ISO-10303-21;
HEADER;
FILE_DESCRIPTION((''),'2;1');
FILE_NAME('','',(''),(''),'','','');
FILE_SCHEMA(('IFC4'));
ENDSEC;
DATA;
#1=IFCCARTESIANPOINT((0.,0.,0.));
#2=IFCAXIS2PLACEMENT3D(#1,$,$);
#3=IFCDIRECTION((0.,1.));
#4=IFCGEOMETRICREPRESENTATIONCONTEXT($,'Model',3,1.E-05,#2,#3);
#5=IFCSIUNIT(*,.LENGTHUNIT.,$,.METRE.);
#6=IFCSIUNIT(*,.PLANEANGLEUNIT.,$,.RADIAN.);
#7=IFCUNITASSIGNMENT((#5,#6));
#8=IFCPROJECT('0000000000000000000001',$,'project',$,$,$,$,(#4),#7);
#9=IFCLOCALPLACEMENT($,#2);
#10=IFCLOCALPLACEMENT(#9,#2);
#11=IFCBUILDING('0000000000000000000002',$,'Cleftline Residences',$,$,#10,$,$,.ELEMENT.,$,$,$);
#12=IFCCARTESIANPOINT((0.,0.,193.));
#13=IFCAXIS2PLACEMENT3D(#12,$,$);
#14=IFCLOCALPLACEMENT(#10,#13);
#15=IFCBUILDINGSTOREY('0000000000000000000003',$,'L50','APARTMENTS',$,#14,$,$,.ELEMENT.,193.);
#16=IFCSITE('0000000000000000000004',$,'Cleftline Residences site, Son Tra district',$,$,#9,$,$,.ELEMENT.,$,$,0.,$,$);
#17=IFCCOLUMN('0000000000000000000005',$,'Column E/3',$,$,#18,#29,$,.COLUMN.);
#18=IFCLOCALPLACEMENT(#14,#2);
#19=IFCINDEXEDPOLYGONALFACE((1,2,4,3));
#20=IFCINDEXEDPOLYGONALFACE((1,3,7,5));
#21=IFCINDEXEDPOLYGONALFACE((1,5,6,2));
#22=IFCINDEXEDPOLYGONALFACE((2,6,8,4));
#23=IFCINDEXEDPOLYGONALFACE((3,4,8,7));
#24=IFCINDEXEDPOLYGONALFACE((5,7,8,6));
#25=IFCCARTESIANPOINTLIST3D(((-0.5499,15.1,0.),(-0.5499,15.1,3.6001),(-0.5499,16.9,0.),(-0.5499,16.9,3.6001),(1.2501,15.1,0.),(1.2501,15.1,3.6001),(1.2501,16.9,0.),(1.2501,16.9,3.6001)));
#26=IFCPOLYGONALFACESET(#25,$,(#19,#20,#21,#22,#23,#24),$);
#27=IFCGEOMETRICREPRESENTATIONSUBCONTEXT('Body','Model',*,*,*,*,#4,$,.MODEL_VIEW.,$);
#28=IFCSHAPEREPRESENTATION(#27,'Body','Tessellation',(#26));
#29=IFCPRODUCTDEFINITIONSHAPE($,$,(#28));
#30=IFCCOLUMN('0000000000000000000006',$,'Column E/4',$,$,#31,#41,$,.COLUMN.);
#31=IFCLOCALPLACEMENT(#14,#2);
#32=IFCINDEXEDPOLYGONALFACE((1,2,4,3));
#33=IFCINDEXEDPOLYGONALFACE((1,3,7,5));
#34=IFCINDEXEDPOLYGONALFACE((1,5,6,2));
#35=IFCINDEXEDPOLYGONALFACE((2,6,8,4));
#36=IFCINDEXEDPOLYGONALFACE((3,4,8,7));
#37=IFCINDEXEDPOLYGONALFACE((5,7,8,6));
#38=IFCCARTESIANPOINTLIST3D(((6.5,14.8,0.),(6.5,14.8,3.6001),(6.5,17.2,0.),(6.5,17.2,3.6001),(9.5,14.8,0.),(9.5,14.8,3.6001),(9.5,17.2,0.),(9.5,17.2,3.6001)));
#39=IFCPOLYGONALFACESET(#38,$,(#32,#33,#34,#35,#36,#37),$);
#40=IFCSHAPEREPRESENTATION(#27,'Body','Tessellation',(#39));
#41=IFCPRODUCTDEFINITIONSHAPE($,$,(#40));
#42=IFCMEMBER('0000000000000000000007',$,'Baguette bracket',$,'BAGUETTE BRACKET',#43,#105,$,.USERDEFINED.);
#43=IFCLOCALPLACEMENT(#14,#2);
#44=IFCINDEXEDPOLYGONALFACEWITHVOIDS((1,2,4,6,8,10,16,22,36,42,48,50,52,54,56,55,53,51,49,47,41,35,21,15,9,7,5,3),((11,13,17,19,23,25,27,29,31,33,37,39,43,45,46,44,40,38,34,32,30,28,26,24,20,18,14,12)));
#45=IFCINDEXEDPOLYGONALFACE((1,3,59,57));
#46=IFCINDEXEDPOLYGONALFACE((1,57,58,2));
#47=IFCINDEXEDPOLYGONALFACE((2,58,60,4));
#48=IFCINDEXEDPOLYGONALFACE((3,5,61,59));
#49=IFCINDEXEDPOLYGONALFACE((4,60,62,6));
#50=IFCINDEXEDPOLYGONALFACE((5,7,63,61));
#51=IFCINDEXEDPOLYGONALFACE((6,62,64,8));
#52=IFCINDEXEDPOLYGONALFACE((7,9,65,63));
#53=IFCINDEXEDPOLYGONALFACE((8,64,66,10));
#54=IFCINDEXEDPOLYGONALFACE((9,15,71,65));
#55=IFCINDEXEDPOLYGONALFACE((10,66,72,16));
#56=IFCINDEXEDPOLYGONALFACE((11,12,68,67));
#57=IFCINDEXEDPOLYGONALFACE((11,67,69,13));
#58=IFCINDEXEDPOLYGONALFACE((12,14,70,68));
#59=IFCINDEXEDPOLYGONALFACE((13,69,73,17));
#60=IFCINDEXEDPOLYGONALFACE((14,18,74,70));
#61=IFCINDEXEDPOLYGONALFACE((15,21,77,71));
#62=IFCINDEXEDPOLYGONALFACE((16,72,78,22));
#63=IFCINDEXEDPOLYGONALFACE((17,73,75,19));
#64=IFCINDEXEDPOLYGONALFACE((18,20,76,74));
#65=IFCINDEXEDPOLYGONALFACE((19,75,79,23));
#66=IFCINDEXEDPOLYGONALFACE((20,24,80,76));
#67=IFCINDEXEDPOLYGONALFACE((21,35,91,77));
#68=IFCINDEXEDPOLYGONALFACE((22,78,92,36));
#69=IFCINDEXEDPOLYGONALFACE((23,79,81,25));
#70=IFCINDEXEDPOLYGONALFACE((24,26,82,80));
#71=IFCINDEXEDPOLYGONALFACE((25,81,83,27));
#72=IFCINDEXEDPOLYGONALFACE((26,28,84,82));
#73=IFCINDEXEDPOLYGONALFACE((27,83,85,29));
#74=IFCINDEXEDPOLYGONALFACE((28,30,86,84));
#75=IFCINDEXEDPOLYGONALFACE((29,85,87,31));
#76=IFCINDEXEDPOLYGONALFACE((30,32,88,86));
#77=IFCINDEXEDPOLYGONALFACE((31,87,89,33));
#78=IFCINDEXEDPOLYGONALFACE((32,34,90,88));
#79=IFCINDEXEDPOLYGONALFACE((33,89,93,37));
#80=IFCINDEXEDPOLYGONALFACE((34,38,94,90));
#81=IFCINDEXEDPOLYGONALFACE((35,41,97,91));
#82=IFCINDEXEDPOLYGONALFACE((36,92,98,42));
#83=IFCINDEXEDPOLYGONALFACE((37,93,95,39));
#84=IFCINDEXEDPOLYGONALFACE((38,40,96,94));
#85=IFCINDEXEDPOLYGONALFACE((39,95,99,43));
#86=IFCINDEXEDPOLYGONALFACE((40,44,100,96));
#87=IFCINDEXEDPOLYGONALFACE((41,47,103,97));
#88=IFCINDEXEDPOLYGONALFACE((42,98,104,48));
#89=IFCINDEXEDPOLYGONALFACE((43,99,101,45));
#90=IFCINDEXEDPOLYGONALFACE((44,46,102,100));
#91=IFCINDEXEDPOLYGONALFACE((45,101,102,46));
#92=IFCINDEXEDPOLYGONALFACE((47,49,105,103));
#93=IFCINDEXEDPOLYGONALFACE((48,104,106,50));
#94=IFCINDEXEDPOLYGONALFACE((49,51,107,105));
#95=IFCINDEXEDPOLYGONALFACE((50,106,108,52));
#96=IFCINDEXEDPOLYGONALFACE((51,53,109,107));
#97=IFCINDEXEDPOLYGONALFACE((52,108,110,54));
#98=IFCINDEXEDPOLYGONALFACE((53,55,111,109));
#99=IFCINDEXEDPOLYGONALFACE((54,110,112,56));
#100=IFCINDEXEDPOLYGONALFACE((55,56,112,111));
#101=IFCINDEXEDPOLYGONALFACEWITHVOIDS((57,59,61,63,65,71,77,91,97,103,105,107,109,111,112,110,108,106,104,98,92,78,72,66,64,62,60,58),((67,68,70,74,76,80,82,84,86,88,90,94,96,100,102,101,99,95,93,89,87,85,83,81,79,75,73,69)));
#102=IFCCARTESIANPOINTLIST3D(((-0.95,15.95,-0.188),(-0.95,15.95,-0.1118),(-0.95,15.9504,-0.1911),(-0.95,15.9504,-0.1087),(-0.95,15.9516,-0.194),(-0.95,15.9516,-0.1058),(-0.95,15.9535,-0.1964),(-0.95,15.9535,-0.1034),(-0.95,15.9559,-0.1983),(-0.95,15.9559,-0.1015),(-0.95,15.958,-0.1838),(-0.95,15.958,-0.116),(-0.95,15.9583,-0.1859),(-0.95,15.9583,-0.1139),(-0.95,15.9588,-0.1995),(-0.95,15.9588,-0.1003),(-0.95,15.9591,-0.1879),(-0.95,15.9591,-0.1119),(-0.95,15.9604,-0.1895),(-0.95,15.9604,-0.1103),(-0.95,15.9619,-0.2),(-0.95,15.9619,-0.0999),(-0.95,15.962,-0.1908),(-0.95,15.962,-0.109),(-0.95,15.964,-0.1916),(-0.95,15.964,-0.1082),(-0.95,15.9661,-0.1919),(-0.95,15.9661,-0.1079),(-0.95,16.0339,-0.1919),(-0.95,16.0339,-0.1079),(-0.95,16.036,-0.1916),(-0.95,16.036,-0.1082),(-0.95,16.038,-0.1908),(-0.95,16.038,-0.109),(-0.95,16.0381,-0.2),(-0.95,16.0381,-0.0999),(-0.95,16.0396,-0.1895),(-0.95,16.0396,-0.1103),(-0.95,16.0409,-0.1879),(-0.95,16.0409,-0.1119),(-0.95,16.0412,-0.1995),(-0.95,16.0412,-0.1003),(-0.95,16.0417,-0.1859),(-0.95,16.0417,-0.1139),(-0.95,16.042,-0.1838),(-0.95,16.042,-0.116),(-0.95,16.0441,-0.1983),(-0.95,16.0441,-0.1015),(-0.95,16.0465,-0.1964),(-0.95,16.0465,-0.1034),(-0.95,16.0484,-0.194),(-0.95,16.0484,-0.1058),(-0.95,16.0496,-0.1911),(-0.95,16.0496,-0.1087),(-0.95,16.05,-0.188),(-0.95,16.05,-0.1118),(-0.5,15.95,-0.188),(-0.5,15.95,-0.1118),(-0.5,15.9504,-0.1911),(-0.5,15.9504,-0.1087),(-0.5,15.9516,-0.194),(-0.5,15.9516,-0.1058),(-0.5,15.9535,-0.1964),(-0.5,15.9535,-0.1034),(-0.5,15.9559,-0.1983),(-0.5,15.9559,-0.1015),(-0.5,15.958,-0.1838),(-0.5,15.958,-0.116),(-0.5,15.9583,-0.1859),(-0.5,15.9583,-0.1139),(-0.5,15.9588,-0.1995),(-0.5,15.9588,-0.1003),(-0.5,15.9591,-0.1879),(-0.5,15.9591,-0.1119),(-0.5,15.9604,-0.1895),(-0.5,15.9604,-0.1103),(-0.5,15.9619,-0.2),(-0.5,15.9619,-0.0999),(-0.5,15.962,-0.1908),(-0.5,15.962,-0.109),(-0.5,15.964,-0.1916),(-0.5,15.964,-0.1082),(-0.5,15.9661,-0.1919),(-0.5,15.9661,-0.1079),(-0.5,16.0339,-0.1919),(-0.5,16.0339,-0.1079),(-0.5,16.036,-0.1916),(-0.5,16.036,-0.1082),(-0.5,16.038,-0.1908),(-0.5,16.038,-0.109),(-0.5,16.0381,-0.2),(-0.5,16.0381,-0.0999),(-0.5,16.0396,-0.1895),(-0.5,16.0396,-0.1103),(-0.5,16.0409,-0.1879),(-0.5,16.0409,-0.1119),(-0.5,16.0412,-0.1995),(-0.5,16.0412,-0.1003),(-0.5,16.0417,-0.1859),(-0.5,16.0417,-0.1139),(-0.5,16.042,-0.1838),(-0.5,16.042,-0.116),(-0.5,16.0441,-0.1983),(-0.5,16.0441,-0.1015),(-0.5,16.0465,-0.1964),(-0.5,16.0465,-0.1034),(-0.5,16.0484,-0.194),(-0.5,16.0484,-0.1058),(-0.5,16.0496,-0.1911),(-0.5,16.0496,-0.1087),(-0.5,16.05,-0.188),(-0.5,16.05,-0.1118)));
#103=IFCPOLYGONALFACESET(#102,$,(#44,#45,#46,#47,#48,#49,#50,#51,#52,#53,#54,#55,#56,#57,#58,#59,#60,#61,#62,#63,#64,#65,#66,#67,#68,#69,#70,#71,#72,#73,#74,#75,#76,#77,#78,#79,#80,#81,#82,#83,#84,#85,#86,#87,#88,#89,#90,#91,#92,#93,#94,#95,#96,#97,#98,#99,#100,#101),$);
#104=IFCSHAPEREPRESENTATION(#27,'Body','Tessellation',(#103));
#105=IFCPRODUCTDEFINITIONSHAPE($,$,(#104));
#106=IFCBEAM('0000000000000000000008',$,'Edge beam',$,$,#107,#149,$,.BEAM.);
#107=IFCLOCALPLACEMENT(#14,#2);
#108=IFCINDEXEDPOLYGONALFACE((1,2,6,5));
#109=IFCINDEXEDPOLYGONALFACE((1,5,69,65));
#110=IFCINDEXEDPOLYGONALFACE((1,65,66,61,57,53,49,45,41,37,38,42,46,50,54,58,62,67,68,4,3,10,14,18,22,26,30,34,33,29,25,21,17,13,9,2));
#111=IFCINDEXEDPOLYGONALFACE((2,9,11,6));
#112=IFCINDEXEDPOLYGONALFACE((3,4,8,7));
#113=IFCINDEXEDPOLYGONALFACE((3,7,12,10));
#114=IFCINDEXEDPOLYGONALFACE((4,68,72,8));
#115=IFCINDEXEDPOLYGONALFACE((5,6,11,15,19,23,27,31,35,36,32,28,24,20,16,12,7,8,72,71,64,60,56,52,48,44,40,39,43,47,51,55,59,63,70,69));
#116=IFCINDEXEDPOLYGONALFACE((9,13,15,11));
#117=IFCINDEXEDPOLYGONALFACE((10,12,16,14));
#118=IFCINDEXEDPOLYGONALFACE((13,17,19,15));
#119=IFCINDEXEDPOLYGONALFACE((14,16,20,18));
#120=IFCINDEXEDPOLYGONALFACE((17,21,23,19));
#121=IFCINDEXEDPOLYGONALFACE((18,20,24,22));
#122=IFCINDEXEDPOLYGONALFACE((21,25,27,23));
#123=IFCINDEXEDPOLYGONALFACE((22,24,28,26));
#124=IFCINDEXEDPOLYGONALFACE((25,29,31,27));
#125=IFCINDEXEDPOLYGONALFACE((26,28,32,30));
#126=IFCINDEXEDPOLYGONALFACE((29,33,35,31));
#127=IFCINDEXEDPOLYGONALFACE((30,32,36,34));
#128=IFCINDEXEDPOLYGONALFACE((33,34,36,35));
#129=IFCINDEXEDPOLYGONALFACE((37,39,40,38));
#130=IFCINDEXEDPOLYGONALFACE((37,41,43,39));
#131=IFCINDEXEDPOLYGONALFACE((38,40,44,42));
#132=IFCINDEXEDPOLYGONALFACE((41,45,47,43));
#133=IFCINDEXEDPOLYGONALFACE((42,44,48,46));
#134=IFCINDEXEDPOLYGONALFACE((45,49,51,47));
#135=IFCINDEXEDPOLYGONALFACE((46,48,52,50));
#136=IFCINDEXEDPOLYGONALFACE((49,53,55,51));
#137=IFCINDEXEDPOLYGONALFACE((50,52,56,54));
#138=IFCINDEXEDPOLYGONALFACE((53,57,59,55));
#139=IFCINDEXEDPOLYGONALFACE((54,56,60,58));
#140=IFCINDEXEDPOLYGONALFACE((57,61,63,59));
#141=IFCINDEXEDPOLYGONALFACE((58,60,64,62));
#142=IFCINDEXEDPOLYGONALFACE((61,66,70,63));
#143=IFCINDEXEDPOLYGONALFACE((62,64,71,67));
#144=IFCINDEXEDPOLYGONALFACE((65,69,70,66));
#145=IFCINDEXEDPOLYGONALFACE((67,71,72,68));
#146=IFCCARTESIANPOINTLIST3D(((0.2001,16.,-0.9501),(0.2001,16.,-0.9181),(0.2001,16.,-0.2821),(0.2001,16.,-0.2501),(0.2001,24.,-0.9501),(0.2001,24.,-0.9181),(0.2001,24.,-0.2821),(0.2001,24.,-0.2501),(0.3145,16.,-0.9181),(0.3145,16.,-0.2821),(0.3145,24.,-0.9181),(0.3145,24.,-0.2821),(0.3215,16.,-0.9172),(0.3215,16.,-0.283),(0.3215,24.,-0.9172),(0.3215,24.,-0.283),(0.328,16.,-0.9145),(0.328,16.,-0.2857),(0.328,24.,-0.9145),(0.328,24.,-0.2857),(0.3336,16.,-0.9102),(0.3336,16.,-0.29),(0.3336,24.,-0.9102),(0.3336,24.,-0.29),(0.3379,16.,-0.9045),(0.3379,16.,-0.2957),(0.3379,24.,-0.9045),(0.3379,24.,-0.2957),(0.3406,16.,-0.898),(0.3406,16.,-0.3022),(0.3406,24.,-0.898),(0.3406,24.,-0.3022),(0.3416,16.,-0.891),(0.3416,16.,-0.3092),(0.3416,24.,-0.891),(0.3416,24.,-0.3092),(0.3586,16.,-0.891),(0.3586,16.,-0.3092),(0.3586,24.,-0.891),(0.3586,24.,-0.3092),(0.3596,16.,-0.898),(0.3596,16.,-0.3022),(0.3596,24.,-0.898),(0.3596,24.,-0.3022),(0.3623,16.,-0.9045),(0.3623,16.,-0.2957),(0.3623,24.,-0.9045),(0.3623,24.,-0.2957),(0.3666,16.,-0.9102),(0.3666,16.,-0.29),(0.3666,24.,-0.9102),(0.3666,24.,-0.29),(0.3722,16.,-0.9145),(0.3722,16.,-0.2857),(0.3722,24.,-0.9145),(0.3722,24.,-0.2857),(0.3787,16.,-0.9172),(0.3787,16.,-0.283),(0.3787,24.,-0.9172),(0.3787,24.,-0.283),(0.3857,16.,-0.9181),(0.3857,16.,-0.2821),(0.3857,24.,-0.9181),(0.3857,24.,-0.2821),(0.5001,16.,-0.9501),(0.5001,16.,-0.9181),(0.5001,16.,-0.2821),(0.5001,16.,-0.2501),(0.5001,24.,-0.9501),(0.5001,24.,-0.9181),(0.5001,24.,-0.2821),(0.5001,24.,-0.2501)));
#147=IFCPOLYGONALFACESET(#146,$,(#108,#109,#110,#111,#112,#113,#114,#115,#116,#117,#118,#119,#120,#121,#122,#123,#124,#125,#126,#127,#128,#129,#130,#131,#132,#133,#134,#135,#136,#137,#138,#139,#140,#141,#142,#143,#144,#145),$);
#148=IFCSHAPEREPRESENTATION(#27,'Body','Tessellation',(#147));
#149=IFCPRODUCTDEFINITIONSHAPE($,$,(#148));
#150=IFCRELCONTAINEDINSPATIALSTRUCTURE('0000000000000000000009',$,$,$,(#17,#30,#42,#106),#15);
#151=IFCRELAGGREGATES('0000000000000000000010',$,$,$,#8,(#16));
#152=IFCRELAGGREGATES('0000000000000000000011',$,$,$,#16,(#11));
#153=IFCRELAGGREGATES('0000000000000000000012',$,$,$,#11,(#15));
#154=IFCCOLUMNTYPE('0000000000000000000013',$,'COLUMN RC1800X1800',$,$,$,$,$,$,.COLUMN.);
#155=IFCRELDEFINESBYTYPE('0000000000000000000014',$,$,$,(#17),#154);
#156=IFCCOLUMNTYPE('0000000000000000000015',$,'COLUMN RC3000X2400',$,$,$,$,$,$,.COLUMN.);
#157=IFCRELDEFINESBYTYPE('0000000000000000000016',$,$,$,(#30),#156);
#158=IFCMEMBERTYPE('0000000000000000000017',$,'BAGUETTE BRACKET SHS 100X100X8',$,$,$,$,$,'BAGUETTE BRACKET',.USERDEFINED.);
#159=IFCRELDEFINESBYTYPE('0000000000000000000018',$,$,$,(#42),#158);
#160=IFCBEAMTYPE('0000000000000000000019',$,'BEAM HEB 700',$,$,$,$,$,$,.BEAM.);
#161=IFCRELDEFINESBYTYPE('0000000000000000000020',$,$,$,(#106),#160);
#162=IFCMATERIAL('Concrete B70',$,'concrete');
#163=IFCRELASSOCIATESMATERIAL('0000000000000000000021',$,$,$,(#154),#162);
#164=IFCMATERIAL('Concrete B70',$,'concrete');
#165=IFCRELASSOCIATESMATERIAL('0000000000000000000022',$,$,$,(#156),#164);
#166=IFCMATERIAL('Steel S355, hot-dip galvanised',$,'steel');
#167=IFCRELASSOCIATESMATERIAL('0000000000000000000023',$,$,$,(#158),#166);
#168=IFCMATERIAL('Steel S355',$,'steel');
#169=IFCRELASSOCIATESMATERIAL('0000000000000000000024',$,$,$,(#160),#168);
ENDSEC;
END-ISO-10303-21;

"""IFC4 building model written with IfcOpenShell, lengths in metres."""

from ifc_helpers import new_model, si_unit, direction, frame, origin, origin_2d, place, context, subcontext, project, spatial, rectangle, hollow_rectangle, i_section, extrude, material, material_profile, profile_set, type_object, element, save


model = new_model("IFC4")

# Units and contexts
model_context = context("Model", 3, precision=1e-05, world=origin(), true_north=direction((0.0, 1.0)))
body_context = subcontext(model_context, "Body", "Model", "MODEL_VIEW")
ifc_project = project(units=[si_unit("LENGTHUNIT", "METRE"), si_unit("PLANEANGLEUNIT", "RADIAN")], contexts=[model_context])

# Site, building, storey
site_placement = place(None, origin())
site = spatial("IfcSite", under=ifc_project, at=site_placement, Name="Cleftline Residences site, Son Tra district", CompositionType="ELEMENT", RefElevation=0.0)
building_placement = place(site_placement, origin())
building = spatial("IfcBuilding", under=site, at=building_placement, Name="Cleftline Residences", CompositionType="ELEMENT")
storey_placement = place(building_placement, frame((0.0, 0.0, 193.0)))
storey = spatial("IfcBuildingStorey", under=building, at=storey_placement, Name="L50", Description="APARTMENTS", CompositionType="ELEMENT", Elevation=193.0)

# Columns
ifc_material_1 = material(Name="Concrete B70", Category="concrete")
ifc_material_profile_1 = material_profile(ifc_material_1, rectangle(XDim=1.8, YDim=1.8, at=origin_2d()))
ifc_profile_set_1 = profile_set([ifc_material_profile_1], Name="Concrete B70")
column_type_1 = type_object("IfcColumnType", Name="COLUMN RC1800X1800", PredefinedType="COLUMN", material=ifc_profile_set_1)
column_1_placement = place(storey_placement, frame((0.3501, 16.0, 0.0), z_axis=(0.0, 0.0, 1.0), x_axis=(1.0, 0.0, 0.0)))
element("IfcColumn", 1, at=column_1_placement, inside=storey, type_object=column_type_1, Name="Column E/3", PredefinedType="COLUMN", context=body_context, shape_type="SweptSolid", body=[
    extrude(rectangle(XDim=1.8, YDim=1.8, at=origin_2d()), origin(), (0.0, 0.0, 1.0), 3.6001),
])
ifc_material_2 = material(Name="Concrete B70", Category="concrete")
ifc_material_profile_2 = material_profile(ifc_material_2, rectangle(XDim=3.0, YDim=2.3999, at=origin_2d()))
ifc_profile_set_2 = profile_set([ifc_material_profile_2], Name="Concrete B70")
column_type_2 = type_object("IfcColumnType", Name="COLUMN RC3000X2400", PredefinedType="COLUMN", material=ifc_profile_set_2)
column_2_placement = place(storey_placement, frame((8.0, 16.0, 0.0), z_axis=(0.0, 0.0, 1.0), x_axis=(1.0, 0.0, 0.0)))
element("IfcColumn", 2, at=column_2_placement, inside=storey, type_object=column_type_2, Name="Column E/4", PredefinedType="COLUMN", context=body_context, shape_type="SweptSolid", body=[
    extrude(rectangle(XDim=3.0, YDim=2.3999, at=origin_2d()), origin(), (0.0, 0.0, 1.0), 3.6001),
])

# Member
ifc_material_3 = material(Name="Steel S355, hot-dip galvanised", Category="steel")
ifc_material_profile_3 = material_profile(ifc_material_3, hollow_rectangle(XDim=0.1001, YDim=0.1001, WallThickness=0.0081, InnerFilletRadius=0.0081, OuterFilletRadius=0.012, at=origin_2d()))
ifc_profile_set_3 = profile_set([ifc_material_profile_3], Name="Steel S355, hot-dip galvanised")
member_type_1 = type_object("IfcMemberType", Name="BAGUETTE BRACKET SHS 100X100X8", ElementType="BAGUETTE BRACKET", PredefinedType="USERDEFINED", material=ifc_profile_set_3)
member_placement = place(storey_placement, frame((-0.5, 16.0, -0.1499), z_axis=(-1.0, 0.0, 0.0), x_axis=(0.0, -1.0, 0.0)))
element("IfcMember", 3, at=member_placement, inside=storey, type_object=member_type_1, Name="Baguette bracket", ObjectType="BAGUETTE BRACKET", PredefinedType="USERDEFINED", context=body_context, shape_type="SweptSolid", body=[
    extrude(hollow_rectangle(XDim=0.1001, YDim=0.1001, WallThickness=0.0081, InnerFilletRadius=0.0081, OuterFilletRadius=0.012, at=origin_2d()), origin(), (0.0, 0.0, 1.0), 0.45),
])

# Beam
ifc_material_4 = material(Name="Steel S355", Category="steel")
ifc_material_profile_4 = material_profile(ifc_material_4, i_section(OverallWidth=0.3, OverallDepth=0.7, WebThickness=0.0171, FlangeThickness=0.032, FilletRadius=0.0271, at=origin_2d()))
ifc_profile_set_4 = profile_set([ifc_material_profile_4], Name="Steel S355")
beam_type_1 = type_object("IfcBeamType", Name="BEAM HEB 700", PredefinedType="BEAM", material=ifc_profile_set_4)
beam_1_placement = place(storey_placement, frame((0.3501, 16.0, -0.6001), z_axis=(0.0, 1.0, 0.0), x_axis=(-1.0, 0.0, 0.0)))
element("IfcBeam", 4, at=beam_1_placement, inside=storey, type_object=beam_type_1, Name="Edge beam", PredefinedType="BEAM", context=body_context, shape_type="SweptSolid", body=[
    extrude(i_section(OverallWidth=0.3, OverallDepth=0.7, WebThickness=0.0171, FlangeThickness=0.032, FilletRadius=0.0271, at=origin_2d()), origin(), (0.0, 0.0, 1.0), 8.0),
])

save(model, "model.ifc")
